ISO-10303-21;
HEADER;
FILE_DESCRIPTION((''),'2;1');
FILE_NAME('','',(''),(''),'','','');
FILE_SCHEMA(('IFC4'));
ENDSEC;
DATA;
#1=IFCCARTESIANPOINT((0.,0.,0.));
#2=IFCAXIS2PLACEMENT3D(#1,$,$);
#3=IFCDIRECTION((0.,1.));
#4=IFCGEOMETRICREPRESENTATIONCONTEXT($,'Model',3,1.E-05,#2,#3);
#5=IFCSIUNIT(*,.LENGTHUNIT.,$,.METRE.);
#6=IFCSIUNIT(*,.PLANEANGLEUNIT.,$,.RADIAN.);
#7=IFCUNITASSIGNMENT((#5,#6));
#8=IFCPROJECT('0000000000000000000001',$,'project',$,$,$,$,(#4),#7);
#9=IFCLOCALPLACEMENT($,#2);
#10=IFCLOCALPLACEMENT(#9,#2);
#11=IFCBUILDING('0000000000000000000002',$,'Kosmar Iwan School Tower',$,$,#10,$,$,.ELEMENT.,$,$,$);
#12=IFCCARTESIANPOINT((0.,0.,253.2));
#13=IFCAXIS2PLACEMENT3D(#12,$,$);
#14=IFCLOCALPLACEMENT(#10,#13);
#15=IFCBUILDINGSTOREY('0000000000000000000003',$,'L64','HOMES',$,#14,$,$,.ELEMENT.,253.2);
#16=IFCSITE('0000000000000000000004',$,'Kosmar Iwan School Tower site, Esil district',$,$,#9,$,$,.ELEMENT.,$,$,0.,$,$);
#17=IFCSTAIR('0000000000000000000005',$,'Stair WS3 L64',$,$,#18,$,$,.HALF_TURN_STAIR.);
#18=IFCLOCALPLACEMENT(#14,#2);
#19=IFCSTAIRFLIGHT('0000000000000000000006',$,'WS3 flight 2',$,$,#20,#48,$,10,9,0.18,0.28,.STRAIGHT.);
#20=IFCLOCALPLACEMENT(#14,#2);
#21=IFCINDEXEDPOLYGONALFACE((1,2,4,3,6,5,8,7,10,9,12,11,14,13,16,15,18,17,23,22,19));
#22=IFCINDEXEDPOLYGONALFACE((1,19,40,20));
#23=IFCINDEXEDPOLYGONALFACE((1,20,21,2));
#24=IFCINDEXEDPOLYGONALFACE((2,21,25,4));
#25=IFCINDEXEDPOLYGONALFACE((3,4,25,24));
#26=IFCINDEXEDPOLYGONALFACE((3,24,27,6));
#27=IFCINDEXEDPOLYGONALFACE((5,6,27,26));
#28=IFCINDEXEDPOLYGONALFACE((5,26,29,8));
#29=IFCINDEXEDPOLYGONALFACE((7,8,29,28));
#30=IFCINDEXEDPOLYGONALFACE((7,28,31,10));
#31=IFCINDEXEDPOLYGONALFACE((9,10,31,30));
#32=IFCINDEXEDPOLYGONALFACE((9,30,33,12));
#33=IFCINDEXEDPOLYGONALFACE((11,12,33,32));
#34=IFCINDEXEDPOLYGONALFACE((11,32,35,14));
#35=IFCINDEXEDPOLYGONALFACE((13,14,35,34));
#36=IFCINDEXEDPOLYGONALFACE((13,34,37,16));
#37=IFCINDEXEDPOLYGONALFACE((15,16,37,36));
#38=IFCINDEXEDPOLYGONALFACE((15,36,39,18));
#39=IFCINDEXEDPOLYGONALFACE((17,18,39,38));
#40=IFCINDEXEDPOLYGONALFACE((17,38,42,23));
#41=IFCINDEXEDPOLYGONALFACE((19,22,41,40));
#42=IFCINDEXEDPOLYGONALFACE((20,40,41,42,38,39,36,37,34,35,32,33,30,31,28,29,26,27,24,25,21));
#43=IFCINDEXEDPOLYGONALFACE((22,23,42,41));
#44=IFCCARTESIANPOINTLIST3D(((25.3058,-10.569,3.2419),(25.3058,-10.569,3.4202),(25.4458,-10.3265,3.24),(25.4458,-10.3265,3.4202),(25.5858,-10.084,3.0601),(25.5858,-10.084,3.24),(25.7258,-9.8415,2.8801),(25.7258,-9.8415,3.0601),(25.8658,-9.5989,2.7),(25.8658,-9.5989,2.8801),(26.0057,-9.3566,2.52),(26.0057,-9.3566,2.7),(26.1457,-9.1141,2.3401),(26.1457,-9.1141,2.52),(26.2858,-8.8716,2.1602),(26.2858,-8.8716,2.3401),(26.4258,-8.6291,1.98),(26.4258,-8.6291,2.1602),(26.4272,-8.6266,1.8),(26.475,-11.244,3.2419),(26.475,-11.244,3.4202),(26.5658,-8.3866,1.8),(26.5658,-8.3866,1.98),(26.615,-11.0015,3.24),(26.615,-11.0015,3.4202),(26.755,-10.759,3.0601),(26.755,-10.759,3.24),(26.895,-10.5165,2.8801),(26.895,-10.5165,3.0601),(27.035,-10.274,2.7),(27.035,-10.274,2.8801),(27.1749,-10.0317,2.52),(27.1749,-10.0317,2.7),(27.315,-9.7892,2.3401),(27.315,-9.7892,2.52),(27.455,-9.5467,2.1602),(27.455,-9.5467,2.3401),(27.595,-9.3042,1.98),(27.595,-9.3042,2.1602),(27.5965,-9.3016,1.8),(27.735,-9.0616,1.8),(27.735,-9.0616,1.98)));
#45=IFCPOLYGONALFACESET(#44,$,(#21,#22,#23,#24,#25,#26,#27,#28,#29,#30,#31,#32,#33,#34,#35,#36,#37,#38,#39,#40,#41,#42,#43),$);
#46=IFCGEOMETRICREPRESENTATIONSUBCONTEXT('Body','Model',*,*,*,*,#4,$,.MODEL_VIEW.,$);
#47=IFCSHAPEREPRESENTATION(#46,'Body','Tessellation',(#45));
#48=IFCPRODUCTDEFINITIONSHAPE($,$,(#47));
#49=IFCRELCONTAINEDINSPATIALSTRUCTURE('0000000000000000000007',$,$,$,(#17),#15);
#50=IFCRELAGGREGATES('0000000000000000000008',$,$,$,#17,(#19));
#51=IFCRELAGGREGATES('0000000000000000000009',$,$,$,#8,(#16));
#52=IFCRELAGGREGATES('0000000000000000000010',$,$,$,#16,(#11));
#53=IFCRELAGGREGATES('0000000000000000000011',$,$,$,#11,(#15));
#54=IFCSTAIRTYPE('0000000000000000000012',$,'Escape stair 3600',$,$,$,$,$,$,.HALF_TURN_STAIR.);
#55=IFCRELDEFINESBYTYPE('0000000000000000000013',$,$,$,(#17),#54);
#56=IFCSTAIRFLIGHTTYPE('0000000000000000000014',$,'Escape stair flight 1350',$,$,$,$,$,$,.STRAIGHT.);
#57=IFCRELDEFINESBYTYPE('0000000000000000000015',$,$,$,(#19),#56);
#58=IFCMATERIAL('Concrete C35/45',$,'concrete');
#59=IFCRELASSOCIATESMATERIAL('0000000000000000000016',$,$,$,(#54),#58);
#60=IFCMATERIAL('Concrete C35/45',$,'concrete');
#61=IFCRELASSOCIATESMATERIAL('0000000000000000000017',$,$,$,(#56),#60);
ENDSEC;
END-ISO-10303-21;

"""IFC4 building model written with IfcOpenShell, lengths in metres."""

from ifc_helpers import new_model, si_unit, direction, frame, origin, place, context, subcontext, project, spatial, polyline, outline, extrude, material, type_object, element, aggregate, save


model = new_model("IFC4")

# Units and contexts
model_context = context("Model", 3, precision=1e-05, world=origin(), true_north=direction((0.0, 1.0)))
body_context = subcontext(model_context, "Body", "Model", "MODEL_VIEW")
ifc_project = project(units=[si_unit("LENGTHUNIT", "METRE"), si_unit("PLANEANGLEUNIT", "RADIAN")], contexts=[model_context])

# Site, building, storey
site_placement = place(None, origin())
site = spatial("IfcSite", under=ifc_project, at=site_placement, Name="Kosmar Iwan School Tower site, Esil district", CompositionType="ELEMENT", RefElevation=0.0)
building_placement = place(site_placement, origin())
building = spatial("IfcBuilding", under=site, at=building_placement, Name="Kosmar Iwan School Tower", CompositionType="ELEMENT")
storey_placement = place(building_placement, frame((0.0, 0.0, 253.2)))
storey = spatial("IfcBuildingStorey", under=building, at=storey_placement, Name="L64", Description="HOMES", CompositionType="ELEMENT", Elevation=253.2)

# Stair, stair flight
ifc_material_1 = material(Name="Concrete C35/45", Category="concrete")
stair_type = type_object("IfcStairType", Name="Escape stair 3600", PredefinedType="HALF_TURN_STAIR", material=ifc_material_1)
stair_placement = place(storey_placement, origin())
stair = element("IfcStair", 1, at=stair_placement, inside=storey, type_object=stair_type, Name="Stair WS3 L64", PredefinedType="HALF_TURN_STAIR")
ifc_material_2 = material(Name="Concrete C35/45", Category="concrete")
stair_flight_type = type_object("IfcStairFlightType", Name="Escape stair flight 1350", PredefinedType="STRAIGHT", material=ifc_material_2)
stair_flight_placement = place(storey_placement, frame((27.1504, -8.7241, 1.8), z_axis=(0.0, 0.0, 1.0), x_axis=(-0.5, -0.866025, 0.0)))
stair_flight = element("IfcStairFlight", 2, at=stair_flight_placement, type_object=stair_flight_type, Name="WS3 flight 2", NumberOfRisers=10, NumberOfTreads=9, PredefinedType="STRAIGHT", RiserHeight=0.18, TreadLength=0.28, context=body_context, shape_type="SweptSolid", body=[
    extrude(outline(polyline([(0.0, 0.0), (0.0, 0.1799), (0.28, 0.1799), (0.28, 0.3601), (0.5601, 0.3601), (0.5601, 0.54), (0.8401, 0.54), (0.8401, 0.72), (1.1201, 0.72), (1.1201, 0.8999), (1.3999, 0.8999), (1.3999, 1.0801), (1.6799, 1.0801), (1.6799, 1.26), (1.96, 1.26), (1.96, 1.4399), (2.24, 1.4399), (2.24, 1.6201), (2.52, 1.6201), (2.52, 1.8), (2.52, 1.4419), (0.2771, 0.0), (0.0, 0.0)])), frame((0.0, 0.675, 0.0), z_axis=(0.0, -1.0, 0.0), x_axis=(1.0, 0.0, 0.0)), (0.0, 0.0, 1.0), 1.3501),
])
aggregate(stair, [stair_flight])

save(model, "model.ifc")
